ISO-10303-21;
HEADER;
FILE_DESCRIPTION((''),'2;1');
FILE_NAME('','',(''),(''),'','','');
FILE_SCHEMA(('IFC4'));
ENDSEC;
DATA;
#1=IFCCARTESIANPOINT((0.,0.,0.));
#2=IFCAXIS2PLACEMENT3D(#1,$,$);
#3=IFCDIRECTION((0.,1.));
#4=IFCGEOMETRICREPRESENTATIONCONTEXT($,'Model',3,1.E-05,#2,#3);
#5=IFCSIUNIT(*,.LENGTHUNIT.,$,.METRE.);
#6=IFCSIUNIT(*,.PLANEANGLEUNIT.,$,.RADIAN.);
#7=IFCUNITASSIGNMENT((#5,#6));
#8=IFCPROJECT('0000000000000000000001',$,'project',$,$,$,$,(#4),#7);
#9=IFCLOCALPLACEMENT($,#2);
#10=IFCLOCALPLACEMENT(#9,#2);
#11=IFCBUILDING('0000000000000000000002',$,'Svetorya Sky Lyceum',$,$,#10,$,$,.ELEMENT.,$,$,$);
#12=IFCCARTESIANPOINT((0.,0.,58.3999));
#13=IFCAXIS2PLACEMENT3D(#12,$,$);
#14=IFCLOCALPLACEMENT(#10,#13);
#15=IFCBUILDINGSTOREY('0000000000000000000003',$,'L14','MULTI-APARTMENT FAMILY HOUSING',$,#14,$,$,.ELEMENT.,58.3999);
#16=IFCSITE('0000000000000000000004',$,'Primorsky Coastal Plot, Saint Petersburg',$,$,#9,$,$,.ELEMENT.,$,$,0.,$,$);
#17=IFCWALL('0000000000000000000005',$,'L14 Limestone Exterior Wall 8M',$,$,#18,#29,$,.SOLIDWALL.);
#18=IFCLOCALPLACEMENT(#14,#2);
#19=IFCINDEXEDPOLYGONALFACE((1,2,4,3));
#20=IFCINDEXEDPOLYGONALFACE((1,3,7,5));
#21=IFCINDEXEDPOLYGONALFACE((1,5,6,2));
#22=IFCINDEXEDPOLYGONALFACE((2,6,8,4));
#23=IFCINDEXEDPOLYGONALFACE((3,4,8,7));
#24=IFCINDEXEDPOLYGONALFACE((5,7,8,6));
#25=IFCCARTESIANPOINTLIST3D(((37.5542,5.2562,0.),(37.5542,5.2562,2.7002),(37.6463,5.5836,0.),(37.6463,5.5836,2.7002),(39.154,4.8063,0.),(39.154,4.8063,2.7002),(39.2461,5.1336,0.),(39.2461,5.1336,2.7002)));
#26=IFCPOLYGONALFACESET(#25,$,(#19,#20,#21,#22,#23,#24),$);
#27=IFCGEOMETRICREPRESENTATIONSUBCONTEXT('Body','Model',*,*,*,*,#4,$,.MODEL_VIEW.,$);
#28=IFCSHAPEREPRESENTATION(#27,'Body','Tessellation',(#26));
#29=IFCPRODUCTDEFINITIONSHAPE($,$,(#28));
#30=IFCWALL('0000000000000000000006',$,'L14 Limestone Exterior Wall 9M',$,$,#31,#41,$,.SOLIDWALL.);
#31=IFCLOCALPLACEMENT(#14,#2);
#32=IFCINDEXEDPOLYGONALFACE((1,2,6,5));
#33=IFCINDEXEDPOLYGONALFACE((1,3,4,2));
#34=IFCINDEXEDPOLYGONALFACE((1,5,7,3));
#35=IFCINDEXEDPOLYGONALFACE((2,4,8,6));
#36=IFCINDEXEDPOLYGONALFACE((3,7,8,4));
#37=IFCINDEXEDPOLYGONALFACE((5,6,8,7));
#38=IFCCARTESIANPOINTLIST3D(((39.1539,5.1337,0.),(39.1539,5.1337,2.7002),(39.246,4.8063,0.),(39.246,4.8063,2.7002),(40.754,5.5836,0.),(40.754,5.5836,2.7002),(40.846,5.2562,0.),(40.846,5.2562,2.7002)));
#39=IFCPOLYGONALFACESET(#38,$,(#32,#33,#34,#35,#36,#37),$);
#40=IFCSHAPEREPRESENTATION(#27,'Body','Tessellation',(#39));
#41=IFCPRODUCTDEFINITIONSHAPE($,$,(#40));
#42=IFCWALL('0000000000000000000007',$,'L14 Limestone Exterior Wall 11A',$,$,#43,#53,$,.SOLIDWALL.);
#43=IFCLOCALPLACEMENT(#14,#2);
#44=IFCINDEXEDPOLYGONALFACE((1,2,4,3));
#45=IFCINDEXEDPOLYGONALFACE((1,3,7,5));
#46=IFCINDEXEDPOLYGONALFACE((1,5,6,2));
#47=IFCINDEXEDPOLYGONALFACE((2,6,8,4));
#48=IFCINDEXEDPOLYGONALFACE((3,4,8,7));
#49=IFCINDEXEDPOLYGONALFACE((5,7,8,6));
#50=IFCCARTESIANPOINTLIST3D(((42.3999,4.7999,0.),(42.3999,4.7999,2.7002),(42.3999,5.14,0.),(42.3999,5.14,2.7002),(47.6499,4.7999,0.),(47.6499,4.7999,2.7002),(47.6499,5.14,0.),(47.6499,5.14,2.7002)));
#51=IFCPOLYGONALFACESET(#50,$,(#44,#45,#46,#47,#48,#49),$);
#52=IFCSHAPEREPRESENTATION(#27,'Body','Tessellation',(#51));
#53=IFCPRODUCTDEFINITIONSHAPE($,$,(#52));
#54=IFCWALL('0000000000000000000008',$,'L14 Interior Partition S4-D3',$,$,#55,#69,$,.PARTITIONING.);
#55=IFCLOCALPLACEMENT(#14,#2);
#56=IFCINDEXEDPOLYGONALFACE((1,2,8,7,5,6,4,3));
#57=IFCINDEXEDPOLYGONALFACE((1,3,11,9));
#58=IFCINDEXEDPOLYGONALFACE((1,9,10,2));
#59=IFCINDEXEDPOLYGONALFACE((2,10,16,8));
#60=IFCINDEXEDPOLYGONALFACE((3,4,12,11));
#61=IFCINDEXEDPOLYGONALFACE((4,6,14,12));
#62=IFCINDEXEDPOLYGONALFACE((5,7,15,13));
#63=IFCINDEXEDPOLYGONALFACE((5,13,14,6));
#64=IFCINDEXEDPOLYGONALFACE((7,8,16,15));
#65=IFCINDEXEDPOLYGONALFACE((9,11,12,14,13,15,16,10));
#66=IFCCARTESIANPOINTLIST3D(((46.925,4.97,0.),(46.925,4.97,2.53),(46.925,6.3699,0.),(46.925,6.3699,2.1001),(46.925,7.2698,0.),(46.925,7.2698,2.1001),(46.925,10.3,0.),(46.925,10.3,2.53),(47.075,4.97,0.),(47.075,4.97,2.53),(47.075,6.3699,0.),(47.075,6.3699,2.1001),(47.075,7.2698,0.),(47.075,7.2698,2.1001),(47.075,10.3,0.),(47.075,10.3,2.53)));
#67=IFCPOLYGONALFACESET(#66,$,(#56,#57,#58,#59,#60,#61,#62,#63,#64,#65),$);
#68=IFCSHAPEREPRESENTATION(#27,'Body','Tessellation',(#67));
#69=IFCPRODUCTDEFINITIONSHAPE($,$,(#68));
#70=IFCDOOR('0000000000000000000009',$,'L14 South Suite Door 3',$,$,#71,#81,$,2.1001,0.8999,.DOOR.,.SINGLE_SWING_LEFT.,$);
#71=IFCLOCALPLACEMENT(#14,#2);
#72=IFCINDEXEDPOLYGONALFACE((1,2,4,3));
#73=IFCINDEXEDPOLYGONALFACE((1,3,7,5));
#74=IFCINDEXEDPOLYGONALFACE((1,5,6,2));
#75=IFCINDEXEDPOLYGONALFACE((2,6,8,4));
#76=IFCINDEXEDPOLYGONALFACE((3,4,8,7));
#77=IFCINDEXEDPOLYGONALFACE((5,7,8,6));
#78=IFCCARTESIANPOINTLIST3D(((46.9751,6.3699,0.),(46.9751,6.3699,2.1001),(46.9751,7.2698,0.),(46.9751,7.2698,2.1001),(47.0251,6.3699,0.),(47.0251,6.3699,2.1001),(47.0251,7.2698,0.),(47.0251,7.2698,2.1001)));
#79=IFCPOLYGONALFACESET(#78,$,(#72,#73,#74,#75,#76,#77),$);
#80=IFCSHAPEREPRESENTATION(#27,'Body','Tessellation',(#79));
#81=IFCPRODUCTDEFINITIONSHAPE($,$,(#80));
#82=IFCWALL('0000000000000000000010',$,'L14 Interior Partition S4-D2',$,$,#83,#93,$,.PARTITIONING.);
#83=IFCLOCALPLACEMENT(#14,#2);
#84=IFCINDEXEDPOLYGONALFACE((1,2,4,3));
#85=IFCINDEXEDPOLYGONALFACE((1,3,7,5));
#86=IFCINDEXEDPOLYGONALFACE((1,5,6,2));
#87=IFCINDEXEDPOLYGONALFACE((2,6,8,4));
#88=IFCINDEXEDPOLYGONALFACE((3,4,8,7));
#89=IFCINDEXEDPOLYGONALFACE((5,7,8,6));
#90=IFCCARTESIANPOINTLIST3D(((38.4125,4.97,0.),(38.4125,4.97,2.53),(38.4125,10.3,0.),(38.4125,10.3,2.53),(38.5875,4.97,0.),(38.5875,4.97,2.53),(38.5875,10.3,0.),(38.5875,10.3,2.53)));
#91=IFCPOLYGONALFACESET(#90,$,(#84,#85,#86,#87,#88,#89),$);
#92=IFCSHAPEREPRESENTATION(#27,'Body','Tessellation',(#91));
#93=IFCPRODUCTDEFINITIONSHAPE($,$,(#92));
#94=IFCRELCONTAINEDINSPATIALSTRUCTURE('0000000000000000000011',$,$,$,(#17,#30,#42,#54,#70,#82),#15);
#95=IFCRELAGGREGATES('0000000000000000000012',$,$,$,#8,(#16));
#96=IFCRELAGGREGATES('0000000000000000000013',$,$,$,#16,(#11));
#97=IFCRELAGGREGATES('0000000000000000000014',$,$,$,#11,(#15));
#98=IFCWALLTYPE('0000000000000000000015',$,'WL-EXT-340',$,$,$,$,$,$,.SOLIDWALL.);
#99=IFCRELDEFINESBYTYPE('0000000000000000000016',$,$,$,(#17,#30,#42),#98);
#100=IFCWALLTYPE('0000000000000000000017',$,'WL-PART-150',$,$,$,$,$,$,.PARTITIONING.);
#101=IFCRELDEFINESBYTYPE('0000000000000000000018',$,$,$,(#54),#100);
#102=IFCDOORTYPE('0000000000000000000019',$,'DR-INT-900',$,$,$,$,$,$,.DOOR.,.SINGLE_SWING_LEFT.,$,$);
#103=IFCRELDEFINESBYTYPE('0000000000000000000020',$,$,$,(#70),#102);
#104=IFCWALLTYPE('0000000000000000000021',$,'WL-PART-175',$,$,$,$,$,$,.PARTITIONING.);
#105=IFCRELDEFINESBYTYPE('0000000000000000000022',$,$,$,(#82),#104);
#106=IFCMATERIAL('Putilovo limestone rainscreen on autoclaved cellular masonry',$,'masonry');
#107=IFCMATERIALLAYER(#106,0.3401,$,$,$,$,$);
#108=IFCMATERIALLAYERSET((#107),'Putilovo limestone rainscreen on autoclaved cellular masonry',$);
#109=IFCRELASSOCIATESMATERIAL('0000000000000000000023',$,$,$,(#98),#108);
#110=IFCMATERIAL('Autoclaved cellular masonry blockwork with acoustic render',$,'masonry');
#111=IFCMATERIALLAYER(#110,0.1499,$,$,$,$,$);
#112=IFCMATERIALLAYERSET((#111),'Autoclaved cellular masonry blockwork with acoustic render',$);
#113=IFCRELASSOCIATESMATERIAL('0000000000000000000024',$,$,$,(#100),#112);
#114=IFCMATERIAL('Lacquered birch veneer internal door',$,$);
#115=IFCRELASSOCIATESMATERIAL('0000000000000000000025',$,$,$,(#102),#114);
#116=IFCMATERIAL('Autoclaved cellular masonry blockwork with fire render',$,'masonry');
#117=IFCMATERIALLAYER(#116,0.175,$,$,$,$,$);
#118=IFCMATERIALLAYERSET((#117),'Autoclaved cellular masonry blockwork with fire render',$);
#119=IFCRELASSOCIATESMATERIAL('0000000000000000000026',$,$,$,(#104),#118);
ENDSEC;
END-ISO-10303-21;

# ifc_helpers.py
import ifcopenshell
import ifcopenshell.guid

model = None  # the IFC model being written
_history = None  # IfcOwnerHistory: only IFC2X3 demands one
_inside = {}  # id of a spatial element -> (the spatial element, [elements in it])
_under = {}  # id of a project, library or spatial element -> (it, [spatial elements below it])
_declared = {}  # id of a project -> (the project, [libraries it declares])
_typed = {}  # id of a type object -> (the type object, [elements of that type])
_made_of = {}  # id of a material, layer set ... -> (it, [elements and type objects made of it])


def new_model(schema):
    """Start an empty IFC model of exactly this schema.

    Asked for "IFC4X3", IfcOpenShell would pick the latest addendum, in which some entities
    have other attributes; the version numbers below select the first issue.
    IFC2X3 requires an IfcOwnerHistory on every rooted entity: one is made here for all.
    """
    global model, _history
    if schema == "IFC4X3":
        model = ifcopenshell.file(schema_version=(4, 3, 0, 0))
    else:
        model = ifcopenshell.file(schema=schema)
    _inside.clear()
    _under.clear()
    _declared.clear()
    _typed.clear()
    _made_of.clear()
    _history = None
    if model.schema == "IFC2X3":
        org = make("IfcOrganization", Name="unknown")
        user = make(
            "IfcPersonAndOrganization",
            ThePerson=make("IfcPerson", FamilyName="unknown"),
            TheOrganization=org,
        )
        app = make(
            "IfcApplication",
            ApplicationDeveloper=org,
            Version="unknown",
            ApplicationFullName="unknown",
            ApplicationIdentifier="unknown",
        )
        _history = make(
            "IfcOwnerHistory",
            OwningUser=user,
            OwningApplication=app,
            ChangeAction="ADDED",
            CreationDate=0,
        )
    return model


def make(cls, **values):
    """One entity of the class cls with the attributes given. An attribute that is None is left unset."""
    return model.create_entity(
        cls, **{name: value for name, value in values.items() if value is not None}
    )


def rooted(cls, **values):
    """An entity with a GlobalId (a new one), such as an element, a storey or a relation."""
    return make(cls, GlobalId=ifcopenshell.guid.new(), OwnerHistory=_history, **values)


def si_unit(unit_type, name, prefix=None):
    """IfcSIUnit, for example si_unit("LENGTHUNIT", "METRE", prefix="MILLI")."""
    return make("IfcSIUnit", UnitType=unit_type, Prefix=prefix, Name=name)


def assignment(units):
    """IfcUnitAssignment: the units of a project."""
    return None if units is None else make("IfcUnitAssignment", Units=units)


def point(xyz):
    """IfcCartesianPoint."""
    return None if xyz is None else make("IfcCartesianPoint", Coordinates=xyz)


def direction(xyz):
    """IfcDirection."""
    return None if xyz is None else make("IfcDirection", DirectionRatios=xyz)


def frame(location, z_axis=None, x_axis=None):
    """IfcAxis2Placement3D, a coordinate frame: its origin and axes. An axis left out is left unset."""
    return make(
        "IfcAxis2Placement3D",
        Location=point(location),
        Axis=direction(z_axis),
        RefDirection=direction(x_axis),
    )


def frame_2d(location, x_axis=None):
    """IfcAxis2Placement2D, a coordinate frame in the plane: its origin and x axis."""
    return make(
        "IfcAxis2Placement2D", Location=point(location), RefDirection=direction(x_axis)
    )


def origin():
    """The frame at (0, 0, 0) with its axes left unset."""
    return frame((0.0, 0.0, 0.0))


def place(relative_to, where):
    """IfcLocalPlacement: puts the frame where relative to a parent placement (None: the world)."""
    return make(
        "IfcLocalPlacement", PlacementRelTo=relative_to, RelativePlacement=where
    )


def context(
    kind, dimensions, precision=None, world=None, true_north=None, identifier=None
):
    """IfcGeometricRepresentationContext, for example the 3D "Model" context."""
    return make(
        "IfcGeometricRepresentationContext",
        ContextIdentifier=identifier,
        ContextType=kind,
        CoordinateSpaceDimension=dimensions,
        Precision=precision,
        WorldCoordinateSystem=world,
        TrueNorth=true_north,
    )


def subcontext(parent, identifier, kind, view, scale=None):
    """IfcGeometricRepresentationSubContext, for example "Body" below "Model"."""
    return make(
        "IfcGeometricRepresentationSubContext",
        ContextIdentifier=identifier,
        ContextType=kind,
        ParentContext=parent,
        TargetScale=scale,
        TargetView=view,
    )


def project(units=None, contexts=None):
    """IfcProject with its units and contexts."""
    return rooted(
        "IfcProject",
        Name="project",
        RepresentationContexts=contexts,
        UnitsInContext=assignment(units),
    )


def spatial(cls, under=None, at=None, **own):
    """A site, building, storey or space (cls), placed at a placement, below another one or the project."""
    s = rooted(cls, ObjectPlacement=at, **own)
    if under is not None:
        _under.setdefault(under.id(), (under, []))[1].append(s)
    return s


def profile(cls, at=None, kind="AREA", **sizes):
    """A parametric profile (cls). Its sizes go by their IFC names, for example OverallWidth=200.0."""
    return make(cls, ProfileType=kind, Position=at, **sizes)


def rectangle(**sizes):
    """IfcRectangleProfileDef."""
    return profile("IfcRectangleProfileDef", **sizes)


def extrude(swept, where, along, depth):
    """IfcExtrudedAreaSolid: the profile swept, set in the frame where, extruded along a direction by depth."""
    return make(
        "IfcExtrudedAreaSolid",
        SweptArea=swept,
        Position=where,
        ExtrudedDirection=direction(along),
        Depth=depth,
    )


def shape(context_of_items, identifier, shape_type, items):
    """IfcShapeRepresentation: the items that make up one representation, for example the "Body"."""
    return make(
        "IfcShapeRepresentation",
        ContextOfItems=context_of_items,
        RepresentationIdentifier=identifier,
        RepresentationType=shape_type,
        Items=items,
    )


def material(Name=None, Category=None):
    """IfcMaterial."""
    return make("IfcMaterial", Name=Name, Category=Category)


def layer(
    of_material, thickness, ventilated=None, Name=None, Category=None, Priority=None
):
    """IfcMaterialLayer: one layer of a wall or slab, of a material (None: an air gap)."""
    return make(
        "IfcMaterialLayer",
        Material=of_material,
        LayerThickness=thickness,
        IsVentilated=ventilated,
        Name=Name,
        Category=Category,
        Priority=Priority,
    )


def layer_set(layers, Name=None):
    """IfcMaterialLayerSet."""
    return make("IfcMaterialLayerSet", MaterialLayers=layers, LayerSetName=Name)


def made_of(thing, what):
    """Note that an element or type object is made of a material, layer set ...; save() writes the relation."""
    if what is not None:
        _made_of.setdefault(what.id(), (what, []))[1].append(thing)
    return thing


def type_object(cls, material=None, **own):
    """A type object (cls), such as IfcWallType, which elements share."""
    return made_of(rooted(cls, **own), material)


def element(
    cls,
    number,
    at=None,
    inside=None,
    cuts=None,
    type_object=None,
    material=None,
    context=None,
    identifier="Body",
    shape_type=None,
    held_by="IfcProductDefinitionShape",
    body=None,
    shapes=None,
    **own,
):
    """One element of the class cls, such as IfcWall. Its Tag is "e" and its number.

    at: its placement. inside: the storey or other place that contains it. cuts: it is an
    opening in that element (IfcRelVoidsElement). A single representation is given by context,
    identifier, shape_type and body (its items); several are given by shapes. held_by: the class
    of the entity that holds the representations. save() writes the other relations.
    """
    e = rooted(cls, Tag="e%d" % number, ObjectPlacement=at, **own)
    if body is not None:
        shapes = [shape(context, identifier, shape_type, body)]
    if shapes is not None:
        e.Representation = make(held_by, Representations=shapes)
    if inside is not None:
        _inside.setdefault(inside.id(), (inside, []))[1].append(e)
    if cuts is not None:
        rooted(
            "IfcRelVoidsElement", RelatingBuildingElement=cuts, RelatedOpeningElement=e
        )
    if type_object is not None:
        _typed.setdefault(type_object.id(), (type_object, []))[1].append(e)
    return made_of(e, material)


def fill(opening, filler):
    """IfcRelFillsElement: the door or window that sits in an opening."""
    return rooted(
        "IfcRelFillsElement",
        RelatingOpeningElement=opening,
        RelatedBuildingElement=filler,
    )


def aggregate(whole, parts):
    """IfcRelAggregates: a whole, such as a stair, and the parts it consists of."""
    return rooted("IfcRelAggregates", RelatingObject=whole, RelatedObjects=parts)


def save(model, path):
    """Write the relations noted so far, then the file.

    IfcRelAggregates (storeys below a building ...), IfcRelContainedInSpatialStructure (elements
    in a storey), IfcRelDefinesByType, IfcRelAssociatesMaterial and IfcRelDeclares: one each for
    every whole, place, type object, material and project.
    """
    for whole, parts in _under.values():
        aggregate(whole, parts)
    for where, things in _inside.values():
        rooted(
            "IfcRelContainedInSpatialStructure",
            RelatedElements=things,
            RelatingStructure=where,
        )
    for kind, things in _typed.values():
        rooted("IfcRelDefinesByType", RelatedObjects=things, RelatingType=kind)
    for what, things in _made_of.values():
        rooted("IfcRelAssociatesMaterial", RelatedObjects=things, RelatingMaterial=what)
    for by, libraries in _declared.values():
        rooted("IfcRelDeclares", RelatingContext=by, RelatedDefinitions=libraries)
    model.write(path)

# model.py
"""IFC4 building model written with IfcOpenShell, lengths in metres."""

from ifc_helpers import new_model, si_unit, direction, frame, frame_2d, origin, place, context, subcontext, project, spatial, rectangle, extrude, material, layer, layer_set, type_object, element, fill, save


model = new_model("IFC4")

# Units and contexts
model_context = context("Model", 3, precision=1e-05, world=origin(), true_north=direction((0.0, 1.0)))
body_context = subcontext(model_context, "Body", "Model", "MODEL_VIEW")
ifc_project = project(units=[si_unit("LENGTHUNIT", "METRE"), si_unit("PLANEANGLEUNIT", "RADIAN")], contexts=[model_context])

# Site, building, storey
site_placement = place(None, origin())
site = spatial("IfcSite", under=ifc_project, at=site_placement, Name="Primorsky Coastal Plot, Saint Petersburg", CompositionType="ELEMENT", RefElevation=0.0)
building_placement = place(site_placement, origin())
building = spatial("IfcBuilding", under=site, at=building_placement, Name="Svetorya Sky Lyceum", CompositionType="ELEMENT")
storey_placement = place(building_placement, frame((0.0, 0.0, 58.3999)))
storey = spatial("IfcBuildingStorey", under=building, at=storey_placement, Name="L14", Description="MULTI-APARTMENT FAMILY HOUSING", CompositionType="ELEMENT", Elevation=58.3999)

# Walls
ifc_material_1 = material(Name="Putilovo limestone rainscreen on autoclaved cellular masonry", Category="masonry")
ifc_layer_1 = layer(ifc_material_1, 0.3401)
ifc_layer_set_1 = layer_set([ifc_layer_1], Name="Putilovo limestone rainscreen on autoclaved cellular masonry")
wall_type_1 = type_object("IfcWallType", Name="WL-EXT-340", PredefinedType="SOLIDWALL", material=ifc_layer_set_1)
wall_1_placement = place(storey_placement, frame((37.6001, 5.4199, 0.0), z_axis=(0.0, 0.0, 1.0), x_axis=(0.962652, -0.270741, 0.0)))
element("IfcWall", 1, at=wall_1_placement, inside=storey, type_object=wall_type_1, Name="L14 Limestone Exterior Wall 8M", PredefinedType="SOLIDWALL", context=body_context, shape_type="SweptSolid", body=[
    extrude(rectangle(XDim=1.6619, YDim=0.3401, at=frame_2d((0.8311, 0.0))), origin(), (0.0, 0.0, 1.0), 2.7002),
])
wall_2_placement = place(storey_placement, frame((39.2, 4.97, 0.0), z_axis=(0.0, 0.0, 1.0), x_axis=(0.962663, 0.270703, 0.0)))
element("IfcWall", 2, at=wall_2_placement, inside=storey, type_object=wall_type_1, Name="L14 Limestone Exterior Wall 9M", PredefinedType="SOLIDWALL", context=body_context, shape_type="SweptSolid", body=[
    extrude(rectangle(XDim=1.6621, YDim=0.3401, at=frame_2d((0.8311, 0.0))), origin(), (0.0, 0.0, 1.0), 2.7002),
])
wall_3_placement = place(storey_placement, frame((42.3999, 4.97, 0.0), z_axis=(0.0, 0.0, 1.0), x_axis=(1.0, 0.0, 0.0)))
element("IfcWall", 3, at=wall_3_placement, inside=storey, type_object=wall_type_1, Name="L14 Limestone Exterior Wall 11A", PredefinedType="SOLIDWALL", context=body_context, shape_type="SweptSolid", body=[
    extrude(rectangle(XDim=5.25, YDim=0.3401, at=frame_2d((2.625, 0.0))), origin(), (0.0, 0.0, 1.0), 2.7002),
])

# Wall, opening, door
ifc_material_2 = material(Name="Autoclaved cellular masonry blockwork with acoustic render", Category="masonry")
ifc_layer_2 = layer(ifc_material_2, 0.1499)
ifc_layer_set_2 = layer_set([ifc_layer_2], Name="Autoclaved cellular masonry blockwork with acoustic render")
wall_type_2 = type_object("IfcWallType", Name="WL-PART-150", PredefinedType="PARTITIONING", material=ifc_layer_set_2)
wall_4_placement = place(storey_placement, frame((47.0, 4.97, 0.0), z_axis=(0.0, 0.0, 1.0), x_axis=(0.0, 1.0, 0.0)))
wall_4 = element("IfcWall", 4, at=wall_4_placement, inside=storey, type_object=wall_type_2, Name="L14 Interior Partition S4-D3", PredefinedType="PARTITIONING", context=body_context, shape_type="SweptSolid", body=[
    extrude(rectangle(XDim=5.3301, YDim=0.1499, at=frame_2d((2.665, 0.0))), origin(), (0.0, 0.0, 1.0), 2.53),
])
opening_placement = place(wall_4_placement, frame((1.3999, 0.0, 0.0)))
opening = element("IfcOpeningElement", 5, at=opening_placement, cuts=wall_4, PredefinedType="OPENING", context=body_context, shape_type="SweptSolid", body=[
    extrude(rectangle(XDim=0.8999, YDim=2.1001, at=frame_2d((0.45, 1.05))), frame((0.0, 0.085, 0.0), z_axis=(0.0, -1.0, 0.0), x_axis=(1.0, 0.0, 0.0)), (0.0, 0.0, 1.0), 0.1699),
])
ifc_material_3 = material(Name="Lacquered birch veneer internal door")
door_type = type_object("IfcDoorType", Name="DR-INT-900", OperationType="SINGLE_SWING_LEFT", PredefinedType="DOOR", material=ifc_material_3)
door_placement = place(opening_placement, origin())
door = element("IfcDoor", 6, at=door_placement, inside=storey, type_object=door_type, Name="L14 South Suite Door 3", OperationType="SINGLE_SWING_LEFT", OverallHeight=2.1001, OverallWidth=0.8999, PredefinedType="DOOR", context=body_context, shape_type="SweptSolid", body=[
    extrude(rectangle(XDim=0.8999, YDim=2.1001, at=frame_2d((0.45, 1.05))), frame((0.0, 0.0249, 0.0), z_axis=(0.0, -1.0, 0.0), x_axis=(1.0, 0.0, 0.0)), (0.0, 0.0, 1.0), 0.05),
])
fill(opening, door)

# Wall
ifc_material_4 = material(Name="Autoclaved cellular masonry blockwork with fire render", Category="masonry")
ifc_layer_3 = layer(ifc_material_4, 0.175)
ifc_layer_set_3 = layer_set([ifc_layer_3], Name="Autoclaved cellular masonry blockwork with fire render")
wall_type_3 = type_object("IfcWallType", Name="WL-PART-175", PredefinedType="PARTITIONING", material=ifc_layer_set_3)
wall_5_placement = place(storey_placement, frame((38.5, 4.97, 0.0), z_axis=(0.0, 0.0, 1.0), x_axis=(0.0, 1.0, 0.0)))
element("IfcWall", 7, at=wall_5_placement, inside=storey, type_object=wall_type_3, Name="L14 Interior Partition S4-D2", PredefinedType="PARTITIONING", context=body_context, shape_type="SweptSolid", body=[
    extrude(rectangle(XDim=5.3301, YDim=0.175, at=frame_2d((2.665, 0.0))), origin(), (0.0, 0.0, 1.0), 2.53),
])

save(model, "model.ifc")
